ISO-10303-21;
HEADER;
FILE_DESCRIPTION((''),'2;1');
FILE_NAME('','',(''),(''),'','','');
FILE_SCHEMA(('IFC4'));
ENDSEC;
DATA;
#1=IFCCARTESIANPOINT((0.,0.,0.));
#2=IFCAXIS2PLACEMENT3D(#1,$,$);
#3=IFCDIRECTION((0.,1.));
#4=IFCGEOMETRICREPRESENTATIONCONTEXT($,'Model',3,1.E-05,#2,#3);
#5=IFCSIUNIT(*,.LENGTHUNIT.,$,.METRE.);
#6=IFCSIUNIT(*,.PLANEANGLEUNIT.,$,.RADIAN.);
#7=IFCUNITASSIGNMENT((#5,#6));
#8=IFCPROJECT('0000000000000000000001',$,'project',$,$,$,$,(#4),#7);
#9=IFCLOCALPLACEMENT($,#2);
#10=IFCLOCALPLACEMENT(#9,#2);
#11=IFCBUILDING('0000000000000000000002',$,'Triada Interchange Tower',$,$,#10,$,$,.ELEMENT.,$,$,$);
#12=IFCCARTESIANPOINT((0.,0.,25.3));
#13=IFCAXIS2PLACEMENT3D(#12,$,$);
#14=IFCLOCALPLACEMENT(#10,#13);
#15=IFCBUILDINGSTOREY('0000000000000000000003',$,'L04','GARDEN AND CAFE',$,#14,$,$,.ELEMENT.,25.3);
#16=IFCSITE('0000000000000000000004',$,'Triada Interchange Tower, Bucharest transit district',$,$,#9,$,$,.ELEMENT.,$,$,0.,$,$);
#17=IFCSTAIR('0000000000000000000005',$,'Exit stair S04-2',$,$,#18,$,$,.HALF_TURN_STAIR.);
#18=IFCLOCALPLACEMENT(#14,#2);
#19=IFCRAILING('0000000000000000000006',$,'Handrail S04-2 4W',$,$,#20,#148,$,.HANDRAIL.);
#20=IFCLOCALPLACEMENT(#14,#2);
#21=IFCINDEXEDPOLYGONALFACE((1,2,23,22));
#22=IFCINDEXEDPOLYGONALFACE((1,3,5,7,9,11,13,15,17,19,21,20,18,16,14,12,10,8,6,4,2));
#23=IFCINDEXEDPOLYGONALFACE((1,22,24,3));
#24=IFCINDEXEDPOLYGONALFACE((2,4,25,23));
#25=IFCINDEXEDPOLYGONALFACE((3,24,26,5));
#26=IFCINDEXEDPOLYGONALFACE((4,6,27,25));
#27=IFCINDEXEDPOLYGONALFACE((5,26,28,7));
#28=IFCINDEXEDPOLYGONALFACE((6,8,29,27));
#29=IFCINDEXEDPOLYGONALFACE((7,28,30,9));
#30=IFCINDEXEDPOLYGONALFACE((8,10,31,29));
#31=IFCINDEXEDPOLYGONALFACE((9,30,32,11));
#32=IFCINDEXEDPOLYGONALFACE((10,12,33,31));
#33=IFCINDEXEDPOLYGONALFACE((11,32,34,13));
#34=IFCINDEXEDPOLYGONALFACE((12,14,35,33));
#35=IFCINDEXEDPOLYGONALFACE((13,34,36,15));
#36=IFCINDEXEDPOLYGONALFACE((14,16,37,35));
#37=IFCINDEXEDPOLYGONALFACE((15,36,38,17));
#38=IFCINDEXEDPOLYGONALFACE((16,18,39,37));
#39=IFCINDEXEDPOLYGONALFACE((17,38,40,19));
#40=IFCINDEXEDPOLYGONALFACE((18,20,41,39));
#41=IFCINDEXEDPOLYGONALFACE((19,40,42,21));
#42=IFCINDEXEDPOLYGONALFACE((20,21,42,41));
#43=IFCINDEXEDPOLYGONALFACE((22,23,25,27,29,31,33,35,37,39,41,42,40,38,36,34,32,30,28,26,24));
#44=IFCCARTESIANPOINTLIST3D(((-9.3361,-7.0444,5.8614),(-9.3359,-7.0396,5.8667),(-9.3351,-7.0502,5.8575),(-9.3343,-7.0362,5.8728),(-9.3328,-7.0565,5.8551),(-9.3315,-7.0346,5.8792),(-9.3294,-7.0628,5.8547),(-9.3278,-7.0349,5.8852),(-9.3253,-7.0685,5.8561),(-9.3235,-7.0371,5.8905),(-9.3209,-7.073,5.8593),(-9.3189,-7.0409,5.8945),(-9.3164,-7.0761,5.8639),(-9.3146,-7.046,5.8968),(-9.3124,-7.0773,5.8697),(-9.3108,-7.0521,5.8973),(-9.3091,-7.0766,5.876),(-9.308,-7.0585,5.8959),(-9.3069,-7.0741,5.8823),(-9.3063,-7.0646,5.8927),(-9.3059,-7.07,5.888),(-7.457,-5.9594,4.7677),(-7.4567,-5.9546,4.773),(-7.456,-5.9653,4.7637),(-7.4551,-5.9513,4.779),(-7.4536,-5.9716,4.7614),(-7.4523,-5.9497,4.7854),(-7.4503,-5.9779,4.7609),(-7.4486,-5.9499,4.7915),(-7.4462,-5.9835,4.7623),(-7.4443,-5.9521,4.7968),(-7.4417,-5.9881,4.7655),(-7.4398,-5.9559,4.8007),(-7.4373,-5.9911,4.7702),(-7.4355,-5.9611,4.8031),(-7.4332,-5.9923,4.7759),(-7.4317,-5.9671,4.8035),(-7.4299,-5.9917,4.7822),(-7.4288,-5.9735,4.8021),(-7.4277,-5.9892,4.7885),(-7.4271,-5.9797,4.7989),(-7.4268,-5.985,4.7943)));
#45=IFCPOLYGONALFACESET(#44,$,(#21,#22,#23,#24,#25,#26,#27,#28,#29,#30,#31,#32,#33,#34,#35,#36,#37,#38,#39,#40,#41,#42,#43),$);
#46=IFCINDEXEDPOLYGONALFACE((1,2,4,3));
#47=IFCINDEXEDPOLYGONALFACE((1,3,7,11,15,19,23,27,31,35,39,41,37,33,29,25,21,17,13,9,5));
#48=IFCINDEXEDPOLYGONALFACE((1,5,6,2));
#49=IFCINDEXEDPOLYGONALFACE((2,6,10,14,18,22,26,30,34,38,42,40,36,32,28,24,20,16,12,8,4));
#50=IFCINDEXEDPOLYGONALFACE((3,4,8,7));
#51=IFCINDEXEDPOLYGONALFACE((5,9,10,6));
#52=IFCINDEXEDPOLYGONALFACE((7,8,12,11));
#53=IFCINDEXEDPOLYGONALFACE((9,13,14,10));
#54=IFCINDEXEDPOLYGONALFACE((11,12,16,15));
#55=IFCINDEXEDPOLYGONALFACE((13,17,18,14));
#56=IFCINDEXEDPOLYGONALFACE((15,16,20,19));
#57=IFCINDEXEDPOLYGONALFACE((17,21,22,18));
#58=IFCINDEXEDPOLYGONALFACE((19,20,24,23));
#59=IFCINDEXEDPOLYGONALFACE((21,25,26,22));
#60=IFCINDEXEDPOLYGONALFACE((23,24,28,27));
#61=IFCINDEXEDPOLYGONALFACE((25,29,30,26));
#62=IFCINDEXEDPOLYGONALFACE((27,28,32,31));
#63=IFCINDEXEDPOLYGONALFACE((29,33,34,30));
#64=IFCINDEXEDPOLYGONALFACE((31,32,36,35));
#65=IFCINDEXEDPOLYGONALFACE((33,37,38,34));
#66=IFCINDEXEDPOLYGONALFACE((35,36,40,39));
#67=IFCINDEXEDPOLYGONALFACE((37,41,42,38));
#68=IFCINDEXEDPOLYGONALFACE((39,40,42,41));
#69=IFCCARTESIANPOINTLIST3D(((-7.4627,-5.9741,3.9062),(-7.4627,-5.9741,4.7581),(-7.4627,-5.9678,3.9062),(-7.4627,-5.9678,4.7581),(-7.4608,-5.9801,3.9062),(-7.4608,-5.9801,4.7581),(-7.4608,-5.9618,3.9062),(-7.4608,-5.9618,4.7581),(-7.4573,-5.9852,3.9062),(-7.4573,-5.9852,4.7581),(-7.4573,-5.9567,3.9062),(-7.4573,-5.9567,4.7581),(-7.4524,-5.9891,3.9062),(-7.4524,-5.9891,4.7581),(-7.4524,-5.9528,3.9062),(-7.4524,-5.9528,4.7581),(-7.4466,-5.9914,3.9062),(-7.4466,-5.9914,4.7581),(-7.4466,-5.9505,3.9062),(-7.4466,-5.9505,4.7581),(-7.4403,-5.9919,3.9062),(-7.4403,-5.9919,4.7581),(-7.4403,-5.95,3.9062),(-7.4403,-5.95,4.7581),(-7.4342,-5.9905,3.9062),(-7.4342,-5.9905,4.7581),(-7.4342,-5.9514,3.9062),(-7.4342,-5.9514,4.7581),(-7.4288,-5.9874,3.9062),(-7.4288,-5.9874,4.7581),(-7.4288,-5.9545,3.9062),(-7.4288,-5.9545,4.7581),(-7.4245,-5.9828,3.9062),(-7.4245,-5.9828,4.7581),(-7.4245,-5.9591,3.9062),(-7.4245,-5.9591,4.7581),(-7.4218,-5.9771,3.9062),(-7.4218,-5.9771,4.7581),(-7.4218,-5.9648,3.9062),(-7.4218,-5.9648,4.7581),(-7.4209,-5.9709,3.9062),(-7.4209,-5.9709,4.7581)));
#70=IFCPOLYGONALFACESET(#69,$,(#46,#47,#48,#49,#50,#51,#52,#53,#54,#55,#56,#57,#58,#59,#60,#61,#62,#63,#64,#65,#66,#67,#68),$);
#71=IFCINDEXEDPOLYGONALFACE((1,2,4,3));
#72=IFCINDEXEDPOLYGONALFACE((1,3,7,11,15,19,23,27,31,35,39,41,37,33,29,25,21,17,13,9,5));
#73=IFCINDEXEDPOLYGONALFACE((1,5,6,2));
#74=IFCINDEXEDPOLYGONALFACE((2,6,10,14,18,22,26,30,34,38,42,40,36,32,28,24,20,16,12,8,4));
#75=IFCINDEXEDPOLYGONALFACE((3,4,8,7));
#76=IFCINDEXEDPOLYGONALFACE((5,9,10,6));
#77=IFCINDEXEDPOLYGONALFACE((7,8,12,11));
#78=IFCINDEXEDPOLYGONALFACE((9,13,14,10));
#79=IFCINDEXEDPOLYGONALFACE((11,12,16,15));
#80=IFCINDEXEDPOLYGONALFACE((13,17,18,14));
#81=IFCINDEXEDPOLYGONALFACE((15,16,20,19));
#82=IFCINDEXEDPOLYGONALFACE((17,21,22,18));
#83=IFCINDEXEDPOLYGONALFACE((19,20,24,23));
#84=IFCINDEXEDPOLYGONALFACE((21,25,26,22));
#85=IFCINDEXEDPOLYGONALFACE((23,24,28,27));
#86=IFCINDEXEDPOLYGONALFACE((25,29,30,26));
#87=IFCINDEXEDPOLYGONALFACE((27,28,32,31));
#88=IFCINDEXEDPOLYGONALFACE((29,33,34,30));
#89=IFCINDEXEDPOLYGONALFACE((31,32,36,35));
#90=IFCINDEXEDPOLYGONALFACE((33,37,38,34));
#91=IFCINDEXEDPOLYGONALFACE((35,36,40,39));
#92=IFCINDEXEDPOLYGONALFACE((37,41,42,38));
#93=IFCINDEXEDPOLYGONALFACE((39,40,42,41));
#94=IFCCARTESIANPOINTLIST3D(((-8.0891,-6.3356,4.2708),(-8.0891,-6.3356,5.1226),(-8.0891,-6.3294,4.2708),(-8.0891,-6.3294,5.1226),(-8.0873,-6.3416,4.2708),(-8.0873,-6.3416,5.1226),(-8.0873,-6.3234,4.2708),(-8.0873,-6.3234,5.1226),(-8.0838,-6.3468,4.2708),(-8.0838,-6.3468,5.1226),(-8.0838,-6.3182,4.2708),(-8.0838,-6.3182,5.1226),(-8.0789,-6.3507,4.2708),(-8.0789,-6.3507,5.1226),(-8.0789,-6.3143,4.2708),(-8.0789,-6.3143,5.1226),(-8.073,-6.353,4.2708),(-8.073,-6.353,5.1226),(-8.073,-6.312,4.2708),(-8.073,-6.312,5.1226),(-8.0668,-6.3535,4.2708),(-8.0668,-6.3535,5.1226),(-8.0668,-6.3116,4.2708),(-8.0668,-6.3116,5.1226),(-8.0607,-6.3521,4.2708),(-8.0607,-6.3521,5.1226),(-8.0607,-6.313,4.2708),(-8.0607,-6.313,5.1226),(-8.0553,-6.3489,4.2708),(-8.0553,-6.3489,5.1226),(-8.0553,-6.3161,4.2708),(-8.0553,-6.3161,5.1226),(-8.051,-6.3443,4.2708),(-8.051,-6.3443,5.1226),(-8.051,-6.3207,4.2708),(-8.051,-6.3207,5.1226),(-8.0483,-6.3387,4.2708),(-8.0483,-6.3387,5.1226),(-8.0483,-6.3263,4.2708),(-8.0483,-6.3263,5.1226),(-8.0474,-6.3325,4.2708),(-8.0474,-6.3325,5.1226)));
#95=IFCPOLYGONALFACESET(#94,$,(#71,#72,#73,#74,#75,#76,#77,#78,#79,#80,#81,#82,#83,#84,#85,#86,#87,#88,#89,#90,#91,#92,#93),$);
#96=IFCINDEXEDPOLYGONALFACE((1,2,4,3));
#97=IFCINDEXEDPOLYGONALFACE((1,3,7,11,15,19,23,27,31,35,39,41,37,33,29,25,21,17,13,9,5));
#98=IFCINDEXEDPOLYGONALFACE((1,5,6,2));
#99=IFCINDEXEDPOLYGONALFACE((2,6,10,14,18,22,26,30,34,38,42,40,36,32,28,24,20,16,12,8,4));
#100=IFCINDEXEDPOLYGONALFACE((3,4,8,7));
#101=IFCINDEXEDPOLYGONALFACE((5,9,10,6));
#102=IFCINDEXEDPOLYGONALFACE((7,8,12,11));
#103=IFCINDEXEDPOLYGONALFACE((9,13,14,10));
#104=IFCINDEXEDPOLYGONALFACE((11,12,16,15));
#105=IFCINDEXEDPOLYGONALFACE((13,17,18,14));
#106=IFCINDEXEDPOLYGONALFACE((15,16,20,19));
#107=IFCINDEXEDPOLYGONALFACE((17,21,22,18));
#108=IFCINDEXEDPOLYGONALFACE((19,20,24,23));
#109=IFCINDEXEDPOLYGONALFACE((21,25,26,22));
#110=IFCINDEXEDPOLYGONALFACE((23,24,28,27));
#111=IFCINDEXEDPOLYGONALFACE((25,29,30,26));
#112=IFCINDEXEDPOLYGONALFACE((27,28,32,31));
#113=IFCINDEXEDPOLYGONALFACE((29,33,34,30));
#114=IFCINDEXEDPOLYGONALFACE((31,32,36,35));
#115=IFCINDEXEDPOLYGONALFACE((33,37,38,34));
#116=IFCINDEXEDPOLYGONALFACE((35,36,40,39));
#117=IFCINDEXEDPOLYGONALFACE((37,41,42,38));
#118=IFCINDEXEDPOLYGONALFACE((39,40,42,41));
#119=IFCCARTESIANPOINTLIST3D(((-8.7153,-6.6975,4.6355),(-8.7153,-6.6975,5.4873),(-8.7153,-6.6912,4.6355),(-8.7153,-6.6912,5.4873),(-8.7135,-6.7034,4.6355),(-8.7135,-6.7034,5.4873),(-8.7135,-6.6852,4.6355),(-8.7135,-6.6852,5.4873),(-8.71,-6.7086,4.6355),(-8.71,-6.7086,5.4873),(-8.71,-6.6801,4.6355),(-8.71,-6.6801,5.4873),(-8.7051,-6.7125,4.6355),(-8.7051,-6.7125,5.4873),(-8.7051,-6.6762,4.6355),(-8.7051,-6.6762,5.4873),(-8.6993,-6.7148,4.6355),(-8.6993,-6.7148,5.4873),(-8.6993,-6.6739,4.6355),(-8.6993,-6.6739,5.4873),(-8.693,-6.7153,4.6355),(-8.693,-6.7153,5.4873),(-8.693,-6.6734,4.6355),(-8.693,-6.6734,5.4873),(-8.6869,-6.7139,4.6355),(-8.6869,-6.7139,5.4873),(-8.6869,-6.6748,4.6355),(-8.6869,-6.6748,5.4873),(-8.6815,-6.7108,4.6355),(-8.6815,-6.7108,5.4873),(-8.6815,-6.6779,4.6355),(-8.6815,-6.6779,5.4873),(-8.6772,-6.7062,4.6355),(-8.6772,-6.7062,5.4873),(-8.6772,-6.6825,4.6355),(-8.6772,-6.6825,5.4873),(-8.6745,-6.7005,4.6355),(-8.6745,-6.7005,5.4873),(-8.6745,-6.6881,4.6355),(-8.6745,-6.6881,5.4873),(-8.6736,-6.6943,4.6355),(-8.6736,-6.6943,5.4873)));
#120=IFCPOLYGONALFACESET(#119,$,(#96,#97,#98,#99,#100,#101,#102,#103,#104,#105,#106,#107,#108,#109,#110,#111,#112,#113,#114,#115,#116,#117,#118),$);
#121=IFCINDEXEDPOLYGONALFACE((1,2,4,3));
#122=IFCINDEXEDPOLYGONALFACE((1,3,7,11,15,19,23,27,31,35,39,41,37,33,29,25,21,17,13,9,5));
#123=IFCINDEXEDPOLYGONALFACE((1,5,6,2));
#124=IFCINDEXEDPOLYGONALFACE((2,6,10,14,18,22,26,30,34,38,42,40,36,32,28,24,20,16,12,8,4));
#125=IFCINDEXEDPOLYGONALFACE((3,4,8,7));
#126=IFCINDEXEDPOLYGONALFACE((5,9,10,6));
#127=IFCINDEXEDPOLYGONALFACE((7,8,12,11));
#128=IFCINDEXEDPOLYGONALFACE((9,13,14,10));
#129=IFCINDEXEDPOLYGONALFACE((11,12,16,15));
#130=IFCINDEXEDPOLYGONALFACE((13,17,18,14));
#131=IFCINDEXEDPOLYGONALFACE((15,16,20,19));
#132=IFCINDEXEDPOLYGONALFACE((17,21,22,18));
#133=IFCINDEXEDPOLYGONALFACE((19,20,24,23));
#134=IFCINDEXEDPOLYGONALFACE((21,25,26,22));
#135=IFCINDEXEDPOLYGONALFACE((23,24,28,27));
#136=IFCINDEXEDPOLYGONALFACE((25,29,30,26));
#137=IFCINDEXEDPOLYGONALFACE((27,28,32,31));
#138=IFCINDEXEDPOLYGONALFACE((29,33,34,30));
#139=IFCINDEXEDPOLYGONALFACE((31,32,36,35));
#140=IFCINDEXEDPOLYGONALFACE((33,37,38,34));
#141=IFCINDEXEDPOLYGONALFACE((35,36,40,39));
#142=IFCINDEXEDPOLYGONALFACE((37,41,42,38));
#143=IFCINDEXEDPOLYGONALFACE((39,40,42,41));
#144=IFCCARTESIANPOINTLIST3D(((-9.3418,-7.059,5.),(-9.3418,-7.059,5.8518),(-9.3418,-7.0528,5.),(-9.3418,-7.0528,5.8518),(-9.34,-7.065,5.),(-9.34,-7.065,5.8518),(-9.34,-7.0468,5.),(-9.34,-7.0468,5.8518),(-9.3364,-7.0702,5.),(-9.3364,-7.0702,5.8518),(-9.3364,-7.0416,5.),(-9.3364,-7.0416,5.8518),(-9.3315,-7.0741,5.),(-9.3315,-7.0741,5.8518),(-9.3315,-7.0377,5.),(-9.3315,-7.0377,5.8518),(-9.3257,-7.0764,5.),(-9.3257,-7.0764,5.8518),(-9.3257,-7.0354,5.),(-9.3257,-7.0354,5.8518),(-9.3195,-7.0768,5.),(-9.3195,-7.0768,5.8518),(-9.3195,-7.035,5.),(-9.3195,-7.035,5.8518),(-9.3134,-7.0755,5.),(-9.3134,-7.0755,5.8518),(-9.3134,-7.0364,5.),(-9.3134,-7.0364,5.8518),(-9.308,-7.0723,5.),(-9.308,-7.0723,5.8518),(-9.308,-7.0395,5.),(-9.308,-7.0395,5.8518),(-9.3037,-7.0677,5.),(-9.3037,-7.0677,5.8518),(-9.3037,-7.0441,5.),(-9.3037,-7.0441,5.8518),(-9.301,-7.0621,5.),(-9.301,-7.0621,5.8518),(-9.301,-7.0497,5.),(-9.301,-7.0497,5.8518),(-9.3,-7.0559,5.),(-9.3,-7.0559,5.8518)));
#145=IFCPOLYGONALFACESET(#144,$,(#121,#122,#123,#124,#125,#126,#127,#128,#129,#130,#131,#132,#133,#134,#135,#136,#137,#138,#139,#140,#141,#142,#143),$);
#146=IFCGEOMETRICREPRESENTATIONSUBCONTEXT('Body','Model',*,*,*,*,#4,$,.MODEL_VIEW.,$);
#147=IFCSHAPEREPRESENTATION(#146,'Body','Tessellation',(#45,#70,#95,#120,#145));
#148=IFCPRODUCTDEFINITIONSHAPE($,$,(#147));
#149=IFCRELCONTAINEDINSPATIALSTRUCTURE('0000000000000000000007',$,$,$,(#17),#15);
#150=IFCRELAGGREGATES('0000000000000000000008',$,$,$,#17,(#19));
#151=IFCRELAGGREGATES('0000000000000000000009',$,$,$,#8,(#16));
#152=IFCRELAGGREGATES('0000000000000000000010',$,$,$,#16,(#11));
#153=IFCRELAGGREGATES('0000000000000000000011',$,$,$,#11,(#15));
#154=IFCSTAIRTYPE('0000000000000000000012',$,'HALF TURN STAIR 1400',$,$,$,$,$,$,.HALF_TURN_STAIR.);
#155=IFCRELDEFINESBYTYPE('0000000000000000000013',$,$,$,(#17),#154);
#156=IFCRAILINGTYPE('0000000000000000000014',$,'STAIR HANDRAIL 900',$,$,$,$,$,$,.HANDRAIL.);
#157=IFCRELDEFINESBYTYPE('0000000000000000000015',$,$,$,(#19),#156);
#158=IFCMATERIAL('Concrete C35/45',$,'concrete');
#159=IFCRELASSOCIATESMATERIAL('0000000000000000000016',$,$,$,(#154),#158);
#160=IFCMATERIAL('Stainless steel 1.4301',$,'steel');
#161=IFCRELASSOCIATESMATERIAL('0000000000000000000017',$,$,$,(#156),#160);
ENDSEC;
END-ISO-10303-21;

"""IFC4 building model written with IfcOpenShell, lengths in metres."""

from ifc_helpers import new_model, si_unit, direction, frame, origin, origin_2d, place, context, subcontext, project, spatial, circle, extrude, material, type_object, element, aggregate, save


model = new_model("IFC4")

# Units and contexts
model_context = context("Model", 3, precision=1e-05, world=origin(), true_north=direction((0.0, 1.0)))
body_context = subcontext(model_context, "Body", "Model", "MODEL_VIEW")
ifc_project = project(units=[si_unit("LENGTHUNIT", "METRE"), si_unit("PLANEANGLEUNIT", "RADIAN")], contexts=[model_context])

# Site, building, storey
site_placement = place(None, origin())
site = spatial("IfcSite", under=ifc_project, at=site_placement, Name="Triada Interchange Tower, Bucharest transit district", CompositionType="ELEMENT", RefElevation=0.0)
building_placement = place(site_placement, origin())
building = spatial("IfcBuilding", under=site, at=building_placement, Name="Triada Interchange Tower", CompositionType="ELEMENT")
storey_placement = place(building_placement, frame((0.0, 0.0, 25.3)))
storey = spatial("IfcBuildingStorey", under=building, at=storey_placement, Name="L04", Description="GARDEN AND CAFE", CompositionType="ELEMENT", Elevation=25.3)

# Stair, railing
ifc_material_1 = material(Name="Concrete C35/45", Category="concrete")
stair_type = type_object("IfcStairType", Name="HALF TURN STAIR 1400", PredefinedType="HALF_TURN_STAIR", material=ifc_material_1)
stair_placement = place(storey_placement, origin())
stair = element("IfcStair", 1, at=stair_placement, inside=storey, type_object=stair_type, Name="Exit stair S04-2", PredefinedType="HALF_TURN_STAIR")
ifc_material_2 = material(Name="Stainless steel 1.4301", Category="steel")
railing_type_1 = type_object("IfcRailingType", Name="STAIR HANDRAIL 900", PredefinedType="HANDRAIL", material=ifc_material_2)
railing_1_placement = place(storey_placement, frame((-7.4419, -5.9709, 3.9062)))
railing_1 = element("IfcRailing", 2, at=railing_1_placement, type_object=railing_type_1, Name="Handrail S04-2 4W", PredefinedType="HANDRAIL", context=body_context, shape_type="SweptSolid", body=[
    extrude(circle(Radius=0.0239, at=origin_2d()), frame((0.0, 0.0, 0.876), z_axis=(-0.77333, -0.446496, 0.450113), x_axis=(0.500011, -0.866019, 0.0)), (0.0, 0.0, 1.0), 2.4299),
    extrude(circle(Radius=0.021, at=origin_2d()), origin(), (0.0, 0.0, 1.0), 0.8518),
    extrude(circle(Radius=0.021, at=origin_2d()), frame((-0.6265, -0.3616, 0.3645)), (0.0, 0.0, 1.0), 0.8518),
    extrude(circle(Radius=0.021, at=origin_2d()), frame((-1.2527, -0.7234, 0.7292)), (0.0, 0.0, 1.0), 0.8518),
    extrude(circle(Radius=0.021, at=origin_2d()), frame((-1.8792, -1.085, 1.0938)), (0.0, 0.0, 1.0), 0.8518),
])
aggregate(stair, [railing_1])

save(model, "model.ifc")
